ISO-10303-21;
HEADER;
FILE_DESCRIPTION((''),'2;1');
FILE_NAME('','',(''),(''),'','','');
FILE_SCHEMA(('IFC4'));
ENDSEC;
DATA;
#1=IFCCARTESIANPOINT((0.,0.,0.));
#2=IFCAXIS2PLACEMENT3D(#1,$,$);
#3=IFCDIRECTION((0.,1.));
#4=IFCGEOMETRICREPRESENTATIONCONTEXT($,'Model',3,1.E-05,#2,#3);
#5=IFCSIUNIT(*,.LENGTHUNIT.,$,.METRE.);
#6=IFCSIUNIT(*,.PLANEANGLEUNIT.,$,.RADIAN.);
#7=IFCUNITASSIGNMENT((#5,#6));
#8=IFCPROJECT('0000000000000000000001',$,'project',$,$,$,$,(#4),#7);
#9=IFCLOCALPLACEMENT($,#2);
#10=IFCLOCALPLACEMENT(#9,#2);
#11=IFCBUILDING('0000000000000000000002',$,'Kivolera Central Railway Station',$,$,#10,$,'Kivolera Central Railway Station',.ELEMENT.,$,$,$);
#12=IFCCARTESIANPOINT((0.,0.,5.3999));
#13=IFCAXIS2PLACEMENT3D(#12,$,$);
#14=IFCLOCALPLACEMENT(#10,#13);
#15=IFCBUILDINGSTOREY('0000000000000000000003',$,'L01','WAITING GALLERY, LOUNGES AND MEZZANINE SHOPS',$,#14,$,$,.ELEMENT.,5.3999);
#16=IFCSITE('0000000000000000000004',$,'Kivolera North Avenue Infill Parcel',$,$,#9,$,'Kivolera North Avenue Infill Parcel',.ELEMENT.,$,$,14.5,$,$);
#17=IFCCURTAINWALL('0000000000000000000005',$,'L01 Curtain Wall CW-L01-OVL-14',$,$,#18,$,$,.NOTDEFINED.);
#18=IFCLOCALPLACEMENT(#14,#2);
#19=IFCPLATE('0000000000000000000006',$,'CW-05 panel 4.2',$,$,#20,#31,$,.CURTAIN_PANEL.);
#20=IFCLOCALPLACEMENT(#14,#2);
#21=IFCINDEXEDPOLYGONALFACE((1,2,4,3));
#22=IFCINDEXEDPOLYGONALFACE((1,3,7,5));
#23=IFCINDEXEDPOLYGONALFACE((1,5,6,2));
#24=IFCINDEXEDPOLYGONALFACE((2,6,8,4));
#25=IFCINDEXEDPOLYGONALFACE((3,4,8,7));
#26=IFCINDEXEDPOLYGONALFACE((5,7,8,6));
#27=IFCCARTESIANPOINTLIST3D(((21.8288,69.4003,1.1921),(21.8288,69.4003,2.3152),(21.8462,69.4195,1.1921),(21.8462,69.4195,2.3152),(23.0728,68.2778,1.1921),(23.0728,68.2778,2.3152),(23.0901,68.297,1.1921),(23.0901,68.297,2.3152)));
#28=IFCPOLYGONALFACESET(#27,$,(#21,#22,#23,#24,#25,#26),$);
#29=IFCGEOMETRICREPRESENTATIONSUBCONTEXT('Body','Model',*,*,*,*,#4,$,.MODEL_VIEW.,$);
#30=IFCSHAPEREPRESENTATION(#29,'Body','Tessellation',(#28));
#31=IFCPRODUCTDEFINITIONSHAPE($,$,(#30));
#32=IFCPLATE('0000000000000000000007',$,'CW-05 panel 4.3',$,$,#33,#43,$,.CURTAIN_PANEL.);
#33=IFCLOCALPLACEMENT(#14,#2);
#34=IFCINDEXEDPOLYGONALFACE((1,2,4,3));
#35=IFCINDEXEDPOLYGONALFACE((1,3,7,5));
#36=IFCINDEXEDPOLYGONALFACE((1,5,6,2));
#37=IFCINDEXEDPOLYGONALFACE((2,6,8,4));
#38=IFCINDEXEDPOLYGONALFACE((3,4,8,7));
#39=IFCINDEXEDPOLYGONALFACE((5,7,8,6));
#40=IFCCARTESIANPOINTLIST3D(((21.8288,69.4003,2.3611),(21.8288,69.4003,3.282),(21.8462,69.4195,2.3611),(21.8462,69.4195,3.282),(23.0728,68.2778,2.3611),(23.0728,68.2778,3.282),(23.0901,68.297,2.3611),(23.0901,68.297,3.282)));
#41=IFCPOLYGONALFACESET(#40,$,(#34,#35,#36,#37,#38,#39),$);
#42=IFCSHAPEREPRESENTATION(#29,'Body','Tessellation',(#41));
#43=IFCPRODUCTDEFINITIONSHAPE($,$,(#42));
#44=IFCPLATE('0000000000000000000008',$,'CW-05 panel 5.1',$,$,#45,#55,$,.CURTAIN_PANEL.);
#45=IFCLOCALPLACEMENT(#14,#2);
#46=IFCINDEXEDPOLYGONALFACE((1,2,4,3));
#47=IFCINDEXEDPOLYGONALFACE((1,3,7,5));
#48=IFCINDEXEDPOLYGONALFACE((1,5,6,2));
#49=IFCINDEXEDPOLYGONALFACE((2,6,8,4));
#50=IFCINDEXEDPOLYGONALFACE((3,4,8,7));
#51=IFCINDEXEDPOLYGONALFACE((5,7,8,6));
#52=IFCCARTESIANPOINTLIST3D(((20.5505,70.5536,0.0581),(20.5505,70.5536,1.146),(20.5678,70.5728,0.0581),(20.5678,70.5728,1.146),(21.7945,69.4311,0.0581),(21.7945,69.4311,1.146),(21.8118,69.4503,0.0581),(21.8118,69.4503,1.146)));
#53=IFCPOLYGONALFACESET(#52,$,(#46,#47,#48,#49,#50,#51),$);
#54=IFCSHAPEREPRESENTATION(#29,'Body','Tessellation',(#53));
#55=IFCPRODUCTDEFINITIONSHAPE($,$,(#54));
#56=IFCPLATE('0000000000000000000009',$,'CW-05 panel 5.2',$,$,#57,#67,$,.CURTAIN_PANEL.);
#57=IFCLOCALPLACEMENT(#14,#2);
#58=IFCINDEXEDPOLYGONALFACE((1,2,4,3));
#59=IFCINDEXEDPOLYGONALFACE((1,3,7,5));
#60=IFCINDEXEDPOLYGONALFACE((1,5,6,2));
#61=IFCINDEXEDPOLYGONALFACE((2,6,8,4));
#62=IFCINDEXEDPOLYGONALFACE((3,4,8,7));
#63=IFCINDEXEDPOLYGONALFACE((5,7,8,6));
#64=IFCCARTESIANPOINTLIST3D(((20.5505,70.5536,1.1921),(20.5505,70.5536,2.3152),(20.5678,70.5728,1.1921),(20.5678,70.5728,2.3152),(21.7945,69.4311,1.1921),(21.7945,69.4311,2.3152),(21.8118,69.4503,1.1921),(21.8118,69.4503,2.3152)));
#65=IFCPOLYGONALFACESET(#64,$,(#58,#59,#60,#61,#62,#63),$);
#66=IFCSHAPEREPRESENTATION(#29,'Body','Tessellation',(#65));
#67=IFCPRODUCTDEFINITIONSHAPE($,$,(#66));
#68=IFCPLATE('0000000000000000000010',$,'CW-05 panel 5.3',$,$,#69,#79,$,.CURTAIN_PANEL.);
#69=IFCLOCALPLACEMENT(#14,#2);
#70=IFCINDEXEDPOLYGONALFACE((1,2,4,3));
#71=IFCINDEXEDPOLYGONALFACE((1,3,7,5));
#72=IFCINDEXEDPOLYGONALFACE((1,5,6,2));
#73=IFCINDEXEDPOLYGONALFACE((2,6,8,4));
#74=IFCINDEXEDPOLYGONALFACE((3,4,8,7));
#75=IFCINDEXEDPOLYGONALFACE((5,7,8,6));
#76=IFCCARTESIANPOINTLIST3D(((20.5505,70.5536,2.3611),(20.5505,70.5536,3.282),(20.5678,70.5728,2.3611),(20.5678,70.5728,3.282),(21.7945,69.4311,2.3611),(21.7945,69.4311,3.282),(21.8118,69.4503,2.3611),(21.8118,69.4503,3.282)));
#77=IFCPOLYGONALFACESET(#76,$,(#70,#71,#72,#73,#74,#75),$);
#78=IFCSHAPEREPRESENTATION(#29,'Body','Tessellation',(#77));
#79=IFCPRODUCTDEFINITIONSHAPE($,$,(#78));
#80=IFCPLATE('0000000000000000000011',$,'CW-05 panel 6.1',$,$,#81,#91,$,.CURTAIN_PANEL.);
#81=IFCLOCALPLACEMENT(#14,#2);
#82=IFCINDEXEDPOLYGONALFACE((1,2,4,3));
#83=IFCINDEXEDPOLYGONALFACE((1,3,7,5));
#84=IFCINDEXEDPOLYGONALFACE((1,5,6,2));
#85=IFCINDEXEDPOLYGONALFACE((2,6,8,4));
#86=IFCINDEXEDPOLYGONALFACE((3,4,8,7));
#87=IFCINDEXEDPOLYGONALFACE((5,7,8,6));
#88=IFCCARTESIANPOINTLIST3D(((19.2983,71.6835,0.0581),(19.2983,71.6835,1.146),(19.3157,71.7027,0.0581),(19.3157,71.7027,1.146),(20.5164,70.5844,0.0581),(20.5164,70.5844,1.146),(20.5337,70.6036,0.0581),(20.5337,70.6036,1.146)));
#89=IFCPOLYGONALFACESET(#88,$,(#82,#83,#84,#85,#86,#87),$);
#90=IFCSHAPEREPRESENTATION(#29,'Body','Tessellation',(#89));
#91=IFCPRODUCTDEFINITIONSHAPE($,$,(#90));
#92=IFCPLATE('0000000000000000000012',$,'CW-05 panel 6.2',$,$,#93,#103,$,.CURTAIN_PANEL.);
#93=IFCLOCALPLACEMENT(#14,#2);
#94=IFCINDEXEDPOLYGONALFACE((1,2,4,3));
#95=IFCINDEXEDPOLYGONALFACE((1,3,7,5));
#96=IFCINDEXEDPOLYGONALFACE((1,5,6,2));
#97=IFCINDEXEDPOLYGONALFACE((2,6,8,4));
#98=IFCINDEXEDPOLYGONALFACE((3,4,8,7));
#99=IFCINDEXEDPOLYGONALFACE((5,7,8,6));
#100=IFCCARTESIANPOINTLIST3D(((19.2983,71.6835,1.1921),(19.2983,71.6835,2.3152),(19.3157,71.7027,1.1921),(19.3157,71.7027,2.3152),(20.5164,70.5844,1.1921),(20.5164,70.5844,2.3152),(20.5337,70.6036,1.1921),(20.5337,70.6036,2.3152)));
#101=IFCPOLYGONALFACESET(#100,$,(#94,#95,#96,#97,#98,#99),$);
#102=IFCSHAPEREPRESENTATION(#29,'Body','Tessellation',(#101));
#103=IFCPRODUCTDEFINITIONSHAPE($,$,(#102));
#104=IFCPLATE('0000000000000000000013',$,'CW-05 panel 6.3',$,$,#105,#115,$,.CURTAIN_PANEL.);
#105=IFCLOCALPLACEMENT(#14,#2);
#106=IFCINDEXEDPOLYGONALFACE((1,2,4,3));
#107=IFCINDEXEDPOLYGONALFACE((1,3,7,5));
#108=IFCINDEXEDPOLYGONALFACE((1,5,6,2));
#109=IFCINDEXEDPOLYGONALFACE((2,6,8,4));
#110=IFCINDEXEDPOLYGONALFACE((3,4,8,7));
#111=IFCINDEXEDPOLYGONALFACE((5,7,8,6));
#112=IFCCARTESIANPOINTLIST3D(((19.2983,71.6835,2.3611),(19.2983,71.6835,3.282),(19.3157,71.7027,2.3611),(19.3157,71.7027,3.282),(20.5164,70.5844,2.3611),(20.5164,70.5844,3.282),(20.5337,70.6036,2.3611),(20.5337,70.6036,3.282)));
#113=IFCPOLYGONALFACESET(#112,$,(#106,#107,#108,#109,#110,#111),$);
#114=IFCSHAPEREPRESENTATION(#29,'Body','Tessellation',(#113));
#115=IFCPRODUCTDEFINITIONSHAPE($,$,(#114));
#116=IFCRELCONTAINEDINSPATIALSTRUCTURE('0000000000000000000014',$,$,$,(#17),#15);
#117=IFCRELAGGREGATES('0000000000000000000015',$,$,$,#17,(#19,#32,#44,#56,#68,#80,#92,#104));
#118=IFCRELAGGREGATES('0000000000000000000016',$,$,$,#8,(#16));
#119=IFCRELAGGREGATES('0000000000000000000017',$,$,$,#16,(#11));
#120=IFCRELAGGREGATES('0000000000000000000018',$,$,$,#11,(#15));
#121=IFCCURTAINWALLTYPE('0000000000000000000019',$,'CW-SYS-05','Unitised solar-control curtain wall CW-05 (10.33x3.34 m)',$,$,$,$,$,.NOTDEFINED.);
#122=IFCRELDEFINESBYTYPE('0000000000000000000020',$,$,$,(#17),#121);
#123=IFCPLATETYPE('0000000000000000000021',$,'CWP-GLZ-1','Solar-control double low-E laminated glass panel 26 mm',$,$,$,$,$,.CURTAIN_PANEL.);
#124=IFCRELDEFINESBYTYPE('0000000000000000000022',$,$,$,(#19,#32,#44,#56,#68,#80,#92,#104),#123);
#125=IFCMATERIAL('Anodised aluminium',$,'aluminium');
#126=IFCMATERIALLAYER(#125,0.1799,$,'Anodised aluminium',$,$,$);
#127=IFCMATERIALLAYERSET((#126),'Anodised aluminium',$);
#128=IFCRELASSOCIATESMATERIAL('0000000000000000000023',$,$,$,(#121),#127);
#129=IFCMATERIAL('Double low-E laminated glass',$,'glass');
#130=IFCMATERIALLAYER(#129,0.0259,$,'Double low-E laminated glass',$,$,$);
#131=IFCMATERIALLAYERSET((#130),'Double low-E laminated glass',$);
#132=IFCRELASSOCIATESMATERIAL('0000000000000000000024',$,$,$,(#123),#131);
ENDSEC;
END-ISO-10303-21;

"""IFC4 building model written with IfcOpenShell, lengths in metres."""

from ifc_helpers import new_model, si_unit, direction, frame, origin, origin_2d, place, context, subcontext, project, spatial, rectangle, extrude, material, layer, layer_set, type_object, element, aggregate, save


model = new_model("IFC4")

# Units and contexts
model_context = context("Model", 3, precision=1e-05, world=origin(), true_north=direction((0.0, 1.0)))
body_context = subcontext(model_context, "Body", "Model", "MODEL_VIEW")
ifc_project = project(units=[si_unit("LENGTHUNIT", "METRE"), si_unit("PLANEANGLEUNIT", "RADIAN")], contexts=[model_context])

# Site, building, storey
site_placement = place(None, origin())
site = spatial("IfcSite", under=ifc_project, at=site_placement, Name="Kivolera North Avenue Infill Parcel", LongName="Kivolera North Avenue Infill Parcel", CompositionType="ELEMENT", RefElevation=14.5)
building_placement = place(site_placement, origin())
building = spatial("IfcBuilding", under=site, at=building_placement, Name="Kivolera Central Railway Station", LongName="Kivolera Central Railway Station", CompositionType="ELEMENT")
storey_placement = place(building_placement, frame((0.0, 0.0, 5.3999)))
storey = spatial("IfcBuildingStorey", under=building, at=storey_placement, Name="L01", Description="WAITING GALLERY, LOUNGES AND MEZZANINE SHOPS", CompositionType="ELEMENT", Elevation=5.3999)

# Curtain wall, plates
ifc_material_1 = material(Name="Anodised aluminium", Category="aluminium")
ifc_layer_1 = layer(ifc_material_1, 0.1799, Name="Anodised aluminium")
ifc_layer_set_1 = layer_set([ifc_layer_1], Name="Anodised aluminium")
curtain_wall_type = type_object("IfcCurtainWallType", Name="CW-SYS-05", Description="Unitised solar-control curtain wall CW-05 (10.33x3.34 m)", PredefinedType="NOTDEFINED", material=ifc_layer_set_1)
curtain_wall_placement = place(storey_placement, origin())
curtain_wall = element("IfcCurtainWall", 1, at=curtain_wall_placement, inside=storey, type_object=curtain_wall_type, Name="L01 Curtain Wall CW-L01-OVL-14", PredefinedType="NOTDEFINED")
ifc_material_2 = material(Name="Double low-E laminated glass", Category="glass")
ifc_layer_2 = layer(ifc_material_2, 0.0259, Name="Double low-E laminated glass")
ifc_layer_set_2 = layer_set([ifc_layer_2], Name="Double low-E laminated glass")
plate_type = type_object("IfcPlateType", Name="CWP-GLZ-1", Description="Solar-control double low-E laminated glass panel 26 mm", PredefinedType="CURTAIN_PANEL", material=ifc_layer_set_2)
plate_1_placement = place(storey_placement, frame((22.4595, 68.8486, 1.1921), z_axis=(0.0, 0.0, 1.0), x_axis=(-0.742432, 0.669922, 0.0)))
plate_1 = element("IfcPlate", 2, at=plate_1_placement, type_object=plate_type, Name="CW-05 panel 4.2", PredefinedType="CURTAIN_PANEL", context=body_context, shape_type="SweptSolid", body=[
    extrude(rectangle(XDim=1.6755, YDim=0.0259, at=origin_2d()), origin(), (0.0, 0.0, 1.0), 1.123),
])
plate_2_placement = place(storey_placement, frame((22.4595, 68.8486, 2.3611), z_axis=(0.0, 0.0, 1.0), x_axis=(-0.742432, 0.669922, 0.0)))
plate_2 = element("IfcPlate", 3, at=plate_2_placement, type_object=plate_type, Name="CW-05 panel 4.3", PredefinedType="CURTAIN_PANEL", context=body_context, shape_type="SweptSolid", body=[
    extrude(rectangle(XDim=1.6755, YDim=0.0259, at=origin_2d()), origin(), (0.0, 0.0, 1.0), 0.9209),
])
plate_3_placement = place(storey_placement, frame((21.1812, 70.002, 0.0581), z_axis=(0.0, 0.0, 1.0), x_axis=(-0.742432, 0.669922, 0.0)))
plate_3 = element("IfcPlate", 4, at=plate_3_placement, type_object=plate_type, Name="CW-05 panel 5.1", PredefinedType="CURTAIN_PANEL", context=body_context, shape_type="SweptSolid", body=[
    extrude(rectangle(XDim=1.6755, YDim=0.0259, at=origin_2d()), origin(), (0.0, 0.0, 1.0), 1.0879),
])
plate_4_placement = place(storey_placement, frame((21.1812, 70.002, 1.1921), z_axis=(0.0, 0.0, 1.0), x_axis=(-0.742432, 0.669922, 0.0)))
plate_4 = element("IfcPlate", 5, at=plate_4_placement, type_object=plate_type, Name="CW-05 panel 5.2", PredefinedType="CURTAIN_PANEL", context=body_context, shape_type="SweptSolid", body=[
    extrude(rectangle(XDim=1.6755, YDim=0.0259, at=origin_2d()), origin(), (0.0, 0.0, 1.0), 1.123),
])
plate_5_placement = place(storey_placement, frame((21.1812, 70.002, 2.3611), z_axis=(0.0, 0.0, 1.0), x_axis=(-0.742432, 0.669922, 0.0)))
plate_5 = element("IfcPlate", 6, at=plate_5_placement, type_object=plate_type, Name="CW-05 panel 5.3", PredefinedType="CURTAIN_PANEL", context=body_context, shape_type="SweptSolid", body=[
    extrude(rectangle(XDim=1.6755, YDim=0.0259, at=origin_2d()), origin(), (0.0, 0.0, 1.0), 0.9209),
])
plate_6_placement = place(storey_placement, frame((19.916, 71.1436, 0.0581), z_axis=(0.0, 0.0, 1.0), x_axis=(-0.742432, 0.669922, 0.0)))
plate_6 = element("IfcPlate", 7, at=plate_6_placement, type_object=plate_type, Name="CW-05 panel 6.1", PredefinedType="CURTAIN_PANEL", context=body_context, shape_type="SweptSolid", body=[
    extrude(rectangle(XDim=1.6406, YDim=0.0259, at=origin_2d()), origin(), (0.0, 0.0, 1.0), 1.0879),
])
plate_7_placement = place(storey_placement, frame((19.916, 71.1436, 1.1921), z_axis=(0.0, 0.0, 1.0), x_axis=(-0.742432, 0.669922, 0.0)))
plate_7 = element("IfcPlate", 8, at=plate_7_placement, type_object=plate_type, Name="CW-05 panel 6.2", PredefinedType="CURTAIN_PANEL", context=body_context, shape_type="SweptSolid", body=[
    extrude(rectangle(XDim=1.6406, YDim=0.0259, at=origin_2d()), origin(), (0.0, 0.0, 1.0), 1.123),
])
plate_8_placement = place(storey_placement, frame((19.916, 71.1436, 2.3611), z_axis=(0.0, 0.0, 1.0), x_axis=(-0.742432, 0.669922, 0.0)))
plate_8 = element("IfcPlate", 9, at=plate_8_placement, type_object=plate_type, Name="CW-05 panel 6.3", PredefinedType="CURTAIN_PANEL", context=body_context, shape_type="SweptSolid", body=[
    extrude(rectangle(XDim=1.6406, YDim=0.0259, at=origin_2d()), origin(), (0.0, 0.0, 1.0), 0.9209),
])
aggregate(curtain_wall, [plate_1, plate_2, plate_3, plate_4, plate_5, plate_6, plate_7, plate_8])

save(model, "model.ifc")
